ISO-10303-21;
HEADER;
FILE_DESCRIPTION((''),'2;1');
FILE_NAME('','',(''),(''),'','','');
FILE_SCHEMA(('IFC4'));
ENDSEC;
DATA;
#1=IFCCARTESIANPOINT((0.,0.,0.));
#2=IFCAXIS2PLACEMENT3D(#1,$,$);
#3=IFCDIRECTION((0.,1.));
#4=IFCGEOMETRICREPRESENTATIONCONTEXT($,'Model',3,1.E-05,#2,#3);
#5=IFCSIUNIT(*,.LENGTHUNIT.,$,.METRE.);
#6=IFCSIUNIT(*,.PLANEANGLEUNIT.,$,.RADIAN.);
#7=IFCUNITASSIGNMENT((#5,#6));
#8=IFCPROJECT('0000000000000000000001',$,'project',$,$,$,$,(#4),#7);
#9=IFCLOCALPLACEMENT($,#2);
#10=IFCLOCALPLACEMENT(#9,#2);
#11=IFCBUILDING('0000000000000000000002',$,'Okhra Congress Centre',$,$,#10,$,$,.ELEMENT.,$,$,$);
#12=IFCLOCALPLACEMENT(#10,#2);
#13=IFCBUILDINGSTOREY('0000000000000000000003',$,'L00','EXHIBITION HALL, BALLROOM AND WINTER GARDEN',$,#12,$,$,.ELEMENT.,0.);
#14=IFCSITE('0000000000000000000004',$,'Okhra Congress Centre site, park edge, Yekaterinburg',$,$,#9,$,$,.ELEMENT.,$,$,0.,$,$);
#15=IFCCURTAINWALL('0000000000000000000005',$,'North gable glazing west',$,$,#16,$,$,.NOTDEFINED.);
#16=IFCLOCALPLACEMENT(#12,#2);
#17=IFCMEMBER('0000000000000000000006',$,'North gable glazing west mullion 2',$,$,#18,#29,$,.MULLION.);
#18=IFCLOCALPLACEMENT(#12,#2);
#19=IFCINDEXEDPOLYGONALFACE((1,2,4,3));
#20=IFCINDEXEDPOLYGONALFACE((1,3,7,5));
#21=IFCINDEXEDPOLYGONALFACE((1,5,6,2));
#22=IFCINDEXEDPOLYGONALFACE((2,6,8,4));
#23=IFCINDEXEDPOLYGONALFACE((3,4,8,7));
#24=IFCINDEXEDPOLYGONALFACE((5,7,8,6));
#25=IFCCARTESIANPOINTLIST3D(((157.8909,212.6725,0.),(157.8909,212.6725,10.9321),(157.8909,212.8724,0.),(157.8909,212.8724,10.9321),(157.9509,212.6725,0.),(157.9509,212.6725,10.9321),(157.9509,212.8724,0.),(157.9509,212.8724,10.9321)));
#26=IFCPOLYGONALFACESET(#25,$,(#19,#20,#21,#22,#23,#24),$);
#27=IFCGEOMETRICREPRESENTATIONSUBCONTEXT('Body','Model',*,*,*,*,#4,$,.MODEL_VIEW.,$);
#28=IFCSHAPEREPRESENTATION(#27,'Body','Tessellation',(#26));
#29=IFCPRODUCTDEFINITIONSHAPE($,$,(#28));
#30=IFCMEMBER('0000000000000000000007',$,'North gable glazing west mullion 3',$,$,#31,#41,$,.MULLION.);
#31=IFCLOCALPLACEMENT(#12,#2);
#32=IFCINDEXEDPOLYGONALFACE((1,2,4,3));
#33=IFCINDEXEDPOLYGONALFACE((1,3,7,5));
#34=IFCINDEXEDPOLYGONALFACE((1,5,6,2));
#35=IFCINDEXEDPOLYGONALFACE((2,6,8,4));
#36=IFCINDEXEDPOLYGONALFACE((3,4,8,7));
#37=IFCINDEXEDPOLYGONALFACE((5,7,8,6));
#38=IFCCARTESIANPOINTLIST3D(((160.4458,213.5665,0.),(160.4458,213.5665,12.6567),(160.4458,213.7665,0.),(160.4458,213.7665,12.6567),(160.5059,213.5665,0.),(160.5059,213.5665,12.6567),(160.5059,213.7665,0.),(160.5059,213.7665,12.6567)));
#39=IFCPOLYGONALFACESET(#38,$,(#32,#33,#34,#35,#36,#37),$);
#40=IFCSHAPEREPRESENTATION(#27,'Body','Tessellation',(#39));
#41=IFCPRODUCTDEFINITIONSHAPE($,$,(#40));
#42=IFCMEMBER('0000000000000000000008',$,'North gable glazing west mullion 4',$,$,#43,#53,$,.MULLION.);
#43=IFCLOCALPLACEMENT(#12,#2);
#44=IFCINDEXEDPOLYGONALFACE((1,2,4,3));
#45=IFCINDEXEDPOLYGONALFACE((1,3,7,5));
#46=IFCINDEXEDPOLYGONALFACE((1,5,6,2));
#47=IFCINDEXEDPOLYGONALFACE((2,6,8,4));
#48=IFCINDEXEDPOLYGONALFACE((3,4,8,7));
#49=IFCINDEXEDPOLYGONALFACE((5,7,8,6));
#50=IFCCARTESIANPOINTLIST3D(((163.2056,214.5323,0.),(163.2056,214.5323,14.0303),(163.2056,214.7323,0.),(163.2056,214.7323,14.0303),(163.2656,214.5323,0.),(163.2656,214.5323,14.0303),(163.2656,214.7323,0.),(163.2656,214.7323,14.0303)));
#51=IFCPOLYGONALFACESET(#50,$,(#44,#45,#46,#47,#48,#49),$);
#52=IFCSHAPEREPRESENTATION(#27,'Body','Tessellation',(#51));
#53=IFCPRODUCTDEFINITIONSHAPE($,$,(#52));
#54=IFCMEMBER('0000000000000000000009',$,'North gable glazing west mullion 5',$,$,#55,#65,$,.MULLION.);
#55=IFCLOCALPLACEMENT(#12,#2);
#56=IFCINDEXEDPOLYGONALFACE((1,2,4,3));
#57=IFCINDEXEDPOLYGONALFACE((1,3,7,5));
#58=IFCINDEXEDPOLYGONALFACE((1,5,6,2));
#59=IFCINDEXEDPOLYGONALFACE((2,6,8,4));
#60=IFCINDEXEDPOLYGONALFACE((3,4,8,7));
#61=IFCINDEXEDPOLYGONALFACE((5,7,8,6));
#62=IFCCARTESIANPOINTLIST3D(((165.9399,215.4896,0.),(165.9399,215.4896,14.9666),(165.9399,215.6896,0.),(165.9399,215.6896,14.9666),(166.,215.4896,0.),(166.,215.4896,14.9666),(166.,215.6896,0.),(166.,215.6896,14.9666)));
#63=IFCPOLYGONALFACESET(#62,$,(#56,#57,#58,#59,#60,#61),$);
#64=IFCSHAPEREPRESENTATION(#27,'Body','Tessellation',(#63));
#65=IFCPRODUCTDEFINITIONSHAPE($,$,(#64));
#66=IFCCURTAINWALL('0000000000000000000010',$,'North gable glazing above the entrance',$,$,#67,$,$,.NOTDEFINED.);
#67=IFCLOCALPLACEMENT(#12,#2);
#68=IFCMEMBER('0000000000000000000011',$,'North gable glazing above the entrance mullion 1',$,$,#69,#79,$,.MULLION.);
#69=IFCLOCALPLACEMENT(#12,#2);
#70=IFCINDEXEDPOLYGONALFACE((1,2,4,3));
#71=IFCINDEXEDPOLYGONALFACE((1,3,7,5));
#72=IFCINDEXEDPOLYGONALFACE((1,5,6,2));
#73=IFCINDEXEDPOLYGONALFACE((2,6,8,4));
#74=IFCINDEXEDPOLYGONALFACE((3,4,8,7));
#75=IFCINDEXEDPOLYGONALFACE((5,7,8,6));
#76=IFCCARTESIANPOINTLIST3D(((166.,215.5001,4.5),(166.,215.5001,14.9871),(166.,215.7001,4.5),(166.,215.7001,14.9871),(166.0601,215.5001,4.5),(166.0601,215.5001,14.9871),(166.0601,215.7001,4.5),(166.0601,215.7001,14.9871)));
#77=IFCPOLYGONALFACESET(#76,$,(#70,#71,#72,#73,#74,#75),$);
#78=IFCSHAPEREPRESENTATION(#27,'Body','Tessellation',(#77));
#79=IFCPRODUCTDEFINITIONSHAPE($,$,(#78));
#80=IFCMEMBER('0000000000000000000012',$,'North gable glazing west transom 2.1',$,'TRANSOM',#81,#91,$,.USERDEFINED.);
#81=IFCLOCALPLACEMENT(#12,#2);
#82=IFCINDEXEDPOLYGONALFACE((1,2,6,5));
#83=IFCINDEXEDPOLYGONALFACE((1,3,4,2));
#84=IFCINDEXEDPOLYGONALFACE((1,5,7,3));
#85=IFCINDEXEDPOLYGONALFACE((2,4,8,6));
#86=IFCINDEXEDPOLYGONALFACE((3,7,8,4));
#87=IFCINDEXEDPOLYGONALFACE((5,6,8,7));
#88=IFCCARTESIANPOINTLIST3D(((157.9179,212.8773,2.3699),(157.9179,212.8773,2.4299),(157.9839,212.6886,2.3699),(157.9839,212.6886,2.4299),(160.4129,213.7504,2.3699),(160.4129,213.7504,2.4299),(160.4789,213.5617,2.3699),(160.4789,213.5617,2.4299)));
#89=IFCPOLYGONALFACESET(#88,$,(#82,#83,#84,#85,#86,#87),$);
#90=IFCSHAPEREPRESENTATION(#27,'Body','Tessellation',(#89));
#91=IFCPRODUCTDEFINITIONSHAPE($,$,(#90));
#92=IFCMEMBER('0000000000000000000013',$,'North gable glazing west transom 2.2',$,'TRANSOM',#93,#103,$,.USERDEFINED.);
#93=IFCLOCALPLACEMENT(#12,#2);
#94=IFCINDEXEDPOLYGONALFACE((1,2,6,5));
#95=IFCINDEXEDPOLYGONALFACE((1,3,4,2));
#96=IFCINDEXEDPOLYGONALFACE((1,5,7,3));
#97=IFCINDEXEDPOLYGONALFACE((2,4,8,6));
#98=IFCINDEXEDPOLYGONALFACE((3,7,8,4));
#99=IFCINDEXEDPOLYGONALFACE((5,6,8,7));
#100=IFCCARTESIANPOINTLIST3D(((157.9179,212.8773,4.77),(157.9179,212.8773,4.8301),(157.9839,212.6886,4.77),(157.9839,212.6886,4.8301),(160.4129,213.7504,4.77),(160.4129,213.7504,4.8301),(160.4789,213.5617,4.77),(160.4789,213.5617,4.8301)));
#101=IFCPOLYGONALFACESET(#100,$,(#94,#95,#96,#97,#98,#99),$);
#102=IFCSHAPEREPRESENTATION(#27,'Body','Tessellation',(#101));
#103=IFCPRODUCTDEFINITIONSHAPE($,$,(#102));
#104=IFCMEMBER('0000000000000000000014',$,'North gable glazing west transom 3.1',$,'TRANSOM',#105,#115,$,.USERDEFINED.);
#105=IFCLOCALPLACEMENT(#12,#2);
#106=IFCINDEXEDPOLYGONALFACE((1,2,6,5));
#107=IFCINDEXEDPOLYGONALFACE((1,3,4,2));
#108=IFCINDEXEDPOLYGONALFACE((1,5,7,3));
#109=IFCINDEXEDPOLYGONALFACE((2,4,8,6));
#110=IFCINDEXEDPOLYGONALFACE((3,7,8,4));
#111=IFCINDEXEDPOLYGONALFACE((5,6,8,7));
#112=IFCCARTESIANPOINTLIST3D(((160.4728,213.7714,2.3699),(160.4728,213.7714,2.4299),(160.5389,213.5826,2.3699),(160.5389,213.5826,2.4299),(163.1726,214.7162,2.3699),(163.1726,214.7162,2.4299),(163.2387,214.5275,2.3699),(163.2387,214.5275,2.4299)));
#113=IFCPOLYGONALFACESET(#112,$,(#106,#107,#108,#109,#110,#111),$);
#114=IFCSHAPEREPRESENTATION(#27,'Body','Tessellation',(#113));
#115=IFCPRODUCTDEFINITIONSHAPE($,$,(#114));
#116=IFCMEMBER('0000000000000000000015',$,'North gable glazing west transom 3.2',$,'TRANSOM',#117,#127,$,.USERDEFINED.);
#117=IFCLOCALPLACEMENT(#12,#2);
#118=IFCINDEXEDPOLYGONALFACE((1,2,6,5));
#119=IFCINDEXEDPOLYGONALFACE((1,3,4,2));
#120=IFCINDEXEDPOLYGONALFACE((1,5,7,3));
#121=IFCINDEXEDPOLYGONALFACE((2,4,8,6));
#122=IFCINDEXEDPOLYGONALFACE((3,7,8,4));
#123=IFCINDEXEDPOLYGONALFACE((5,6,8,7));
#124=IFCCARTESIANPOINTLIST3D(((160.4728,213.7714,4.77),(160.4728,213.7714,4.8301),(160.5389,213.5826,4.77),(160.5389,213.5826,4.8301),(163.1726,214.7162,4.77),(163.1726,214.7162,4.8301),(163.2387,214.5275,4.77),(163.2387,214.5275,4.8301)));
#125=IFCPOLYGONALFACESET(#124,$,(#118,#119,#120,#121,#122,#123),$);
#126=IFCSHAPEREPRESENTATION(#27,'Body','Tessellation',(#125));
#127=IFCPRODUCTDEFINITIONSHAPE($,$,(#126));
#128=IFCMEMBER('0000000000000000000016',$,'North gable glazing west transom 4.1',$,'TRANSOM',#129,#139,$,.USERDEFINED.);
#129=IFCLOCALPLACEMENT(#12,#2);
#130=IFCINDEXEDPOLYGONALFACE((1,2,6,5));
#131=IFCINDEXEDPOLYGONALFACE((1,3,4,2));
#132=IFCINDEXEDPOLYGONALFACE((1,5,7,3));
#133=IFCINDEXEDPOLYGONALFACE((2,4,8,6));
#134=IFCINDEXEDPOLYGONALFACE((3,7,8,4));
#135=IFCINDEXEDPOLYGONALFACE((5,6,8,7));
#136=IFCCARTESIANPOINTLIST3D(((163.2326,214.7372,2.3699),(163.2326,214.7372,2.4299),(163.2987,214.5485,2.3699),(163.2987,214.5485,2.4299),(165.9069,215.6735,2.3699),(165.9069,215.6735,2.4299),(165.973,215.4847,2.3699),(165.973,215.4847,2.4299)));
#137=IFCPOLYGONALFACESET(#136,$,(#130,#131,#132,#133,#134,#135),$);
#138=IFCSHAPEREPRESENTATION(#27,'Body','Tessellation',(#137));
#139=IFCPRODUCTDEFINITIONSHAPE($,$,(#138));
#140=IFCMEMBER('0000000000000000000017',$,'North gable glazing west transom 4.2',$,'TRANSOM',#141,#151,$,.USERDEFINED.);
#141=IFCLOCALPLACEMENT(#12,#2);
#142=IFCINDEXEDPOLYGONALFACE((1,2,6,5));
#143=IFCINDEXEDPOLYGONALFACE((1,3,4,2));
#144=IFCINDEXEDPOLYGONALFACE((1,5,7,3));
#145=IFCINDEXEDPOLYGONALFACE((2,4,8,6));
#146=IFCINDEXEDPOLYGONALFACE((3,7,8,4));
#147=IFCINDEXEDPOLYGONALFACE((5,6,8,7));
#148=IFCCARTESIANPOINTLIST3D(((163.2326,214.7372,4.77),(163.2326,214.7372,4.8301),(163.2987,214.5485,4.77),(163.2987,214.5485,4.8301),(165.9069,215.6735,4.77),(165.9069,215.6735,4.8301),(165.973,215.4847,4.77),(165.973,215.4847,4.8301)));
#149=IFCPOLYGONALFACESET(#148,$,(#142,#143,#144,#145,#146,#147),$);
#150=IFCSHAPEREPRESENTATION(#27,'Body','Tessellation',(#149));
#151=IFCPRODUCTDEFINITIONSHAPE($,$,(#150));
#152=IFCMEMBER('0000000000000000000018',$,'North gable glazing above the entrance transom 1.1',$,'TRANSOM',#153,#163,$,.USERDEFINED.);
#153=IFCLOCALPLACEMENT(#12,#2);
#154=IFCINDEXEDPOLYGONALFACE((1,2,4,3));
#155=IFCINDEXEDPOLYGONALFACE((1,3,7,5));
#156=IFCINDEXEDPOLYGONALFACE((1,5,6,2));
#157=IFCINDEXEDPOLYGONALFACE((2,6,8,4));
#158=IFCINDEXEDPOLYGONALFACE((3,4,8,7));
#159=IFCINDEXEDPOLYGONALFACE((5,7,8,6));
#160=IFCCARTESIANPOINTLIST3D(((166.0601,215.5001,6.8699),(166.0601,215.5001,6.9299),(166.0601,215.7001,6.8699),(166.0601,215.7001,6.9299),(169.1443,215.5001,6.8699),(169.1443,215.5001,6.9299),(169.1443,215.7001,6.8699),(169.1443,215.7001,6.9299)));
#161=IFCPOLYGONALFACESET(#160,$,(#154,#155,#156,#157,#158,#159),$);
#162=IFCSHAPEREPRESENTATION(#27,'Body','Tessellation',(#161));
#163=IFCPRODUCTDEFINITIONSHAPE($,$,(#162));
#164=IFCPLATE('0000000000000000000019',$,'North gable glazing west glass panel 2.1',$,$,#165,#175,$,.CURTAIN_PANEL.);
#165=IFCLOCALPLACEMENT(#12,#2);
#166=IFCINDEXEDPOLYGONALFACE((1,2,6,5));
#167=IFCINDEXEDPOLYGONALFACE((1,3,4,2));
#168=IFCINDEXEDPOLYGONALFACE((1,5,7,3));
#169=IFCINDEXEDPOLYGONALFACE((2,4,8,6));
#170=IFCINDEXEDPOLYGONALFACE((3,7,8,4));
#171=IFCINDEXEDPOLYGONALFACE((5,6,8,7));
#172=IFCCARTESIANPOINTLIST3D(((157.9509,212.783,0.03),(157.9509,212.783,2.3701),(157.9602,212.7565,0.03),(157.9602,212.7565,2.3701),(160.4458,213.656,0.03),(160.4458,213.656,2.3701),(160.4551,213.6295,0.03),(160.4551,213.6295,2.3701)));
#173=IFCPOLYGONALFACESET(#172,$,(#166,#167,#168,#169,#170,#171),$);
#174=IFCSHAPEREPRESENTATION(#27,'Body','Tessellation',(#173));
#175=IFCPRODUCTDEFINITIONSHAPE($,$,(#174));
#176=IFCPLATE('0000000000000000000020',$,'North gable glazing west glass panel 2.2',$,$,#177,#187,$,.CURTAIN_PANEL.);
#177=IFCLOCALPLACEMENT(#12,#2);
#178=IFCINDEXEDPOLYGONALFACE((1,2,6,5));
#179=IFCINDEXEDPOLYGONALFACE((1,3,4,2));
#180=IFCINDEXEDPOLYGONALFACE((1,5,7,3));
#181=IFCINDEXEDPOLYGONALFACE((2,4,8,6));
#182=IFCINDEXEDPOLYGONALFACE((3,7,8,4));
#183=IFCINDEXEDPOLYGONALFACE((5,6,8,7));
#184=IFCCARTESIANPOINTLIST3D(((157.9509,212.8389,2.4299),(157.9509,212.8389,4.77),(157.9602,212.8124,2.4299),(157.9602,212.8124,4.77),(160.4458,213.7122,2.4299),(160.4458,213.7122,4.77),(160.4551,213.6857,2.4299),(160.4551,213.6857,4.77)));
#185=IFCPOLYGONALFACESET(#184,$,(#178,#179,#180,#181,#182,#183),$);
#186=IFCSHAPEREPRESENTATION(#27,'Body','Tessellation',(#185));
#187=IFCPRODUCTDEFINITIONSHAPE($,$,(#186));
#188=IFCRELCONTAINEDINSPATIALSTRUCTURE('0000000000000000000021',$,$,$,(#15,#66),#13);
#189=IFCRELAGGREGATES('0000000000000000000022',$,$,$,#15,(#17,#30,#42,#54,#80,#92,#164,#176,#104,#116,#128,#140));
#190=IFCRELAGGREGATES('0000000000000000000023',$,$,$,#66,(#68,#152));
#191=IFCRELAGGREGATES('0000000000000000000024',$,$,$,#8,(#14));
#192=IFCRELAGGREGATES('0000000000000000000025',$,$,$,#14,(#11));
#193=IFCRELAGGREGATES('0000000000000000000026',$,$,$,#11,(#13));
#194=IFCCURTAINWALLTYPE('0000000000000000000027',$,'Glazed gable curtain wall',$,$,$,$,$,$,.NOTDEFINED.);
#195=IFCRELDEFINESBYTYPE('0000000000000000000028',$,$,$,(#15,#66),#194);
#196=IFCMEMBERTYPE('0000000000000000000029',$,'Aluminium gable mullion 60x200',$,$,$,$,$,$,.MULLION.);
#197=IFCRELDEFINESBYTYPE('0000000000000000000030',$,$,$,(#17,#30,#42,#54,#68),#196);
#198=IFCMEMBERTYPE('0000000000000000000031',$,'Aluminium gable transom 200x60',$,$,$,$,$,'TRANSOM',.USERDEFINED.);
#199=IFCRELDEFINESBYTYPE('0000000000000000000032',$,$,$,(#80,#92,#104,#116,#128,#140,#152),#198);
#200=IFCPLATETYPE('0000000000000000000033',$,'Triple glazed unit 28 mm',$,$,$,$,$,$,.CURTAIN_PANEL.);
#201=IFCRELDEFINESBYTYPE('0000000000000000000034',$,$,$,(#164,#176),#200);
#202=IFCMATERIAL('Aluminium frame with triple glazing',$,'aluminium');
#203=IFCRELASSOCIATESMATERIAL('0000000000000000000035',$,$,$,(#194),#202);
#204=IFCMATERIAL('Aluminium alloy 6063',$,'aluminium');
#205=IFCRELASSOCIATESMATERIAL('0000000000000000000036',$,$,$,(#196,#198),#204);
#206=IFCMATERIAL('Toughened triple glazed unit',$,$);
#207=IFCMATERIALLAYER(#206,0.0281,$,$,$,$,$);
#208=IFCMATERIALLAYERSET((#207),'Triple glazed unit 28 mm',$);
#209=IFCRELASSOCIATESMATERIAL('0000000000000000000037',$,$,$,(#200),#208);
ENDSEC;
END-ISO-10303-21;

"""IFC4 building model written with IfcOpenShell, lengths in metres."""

from ifc_helpers import new_model, si_unit, direction, frame, origin, origin_2d, place, context, subcontext, project, spatial, polyline, rectangle, outline, extrude, material, layer, layer_set, material_profile, profile_set, type_object, element, aggregate, save


model = new_model("IFC4")

# Units and contexts
model_context = context("Model", 3, precision=1e-05, world=origin(), true_north=direction((0.0, 1.0)))
body_context = subcontext(model_context, "Body", "Model", "MODEL_VIEW")
ifc_project = project(units=[si_unit("LENGTHUNIT", "METRE"), si_unit("PLANEANGLEUNIT", "RADIAN")], contexts=[model_context])

# Site, building, storey
site_placement = place(None, origin())
site = spatial("IfcSite", under=ifc_project, at=site_placement, Name="Okhra Congress Centre site, park edge, Yekaterinburg", CompositionType="ELEMENT", RefElevation=0.0)
building_placement = place(site_placement, origin())
building = spatial("IfcBuilding", under=site, at=building_placement, Name="Okhra Congress Centre", CompositionType="ELEMENT")
storey_placement = place(building_placement, origin())
storey = spatial("IfcBuildingStorey", under=building, at=storey_placement, Name="L00", Description="EXHIBITION HALL, BALLROOM AND WINTER GARDEN", CompositionType="ELEMENT", Elevation=0.0)

# Curtain wall, members
ifc_material_1 = material(Name="Aluminium frame with triple glazing", Category="aluminium")
curtain_wall_type = type_object("IfcCurtainWallType", Name="Glazed gable curtain wall", PredefinedType="NOTDEFINED", material=ifc_material_1)
curtain_wall_1_placement = place(storey_placement, origin())
curtain_wall_1 = element("IfcCurtainWall", 1, at=curtain_wall_1_placement, inside=storey, type_object=curtain_wall_type, Name="North gable glazing west", PredefinedType="NOTDEFINED")
ifc_material_2 = material(Name="Aluminium alloy 6063", Category="aluminium")
ifc_material_profile_1 = material_profile(ifc_material_2, rectangle(XDim=0.0601, YDim=0.2, at=origin_2d()), Name="AL 60x200 gable")
ifc_profile_set_1 = profile_set([ifc_material_profile_1], Name="Aluminium alloy 6063")
member_type_1 = type_object("IfcMemberType", Name="Aluminium gable mullion 60x200", PredefinedType="MULLION", material=ifc_profile_set_1)
member_1_placement = place(storey_placement, frame((157.9209, 212.7725, 0.0), z_axis=(0.0, 0.0, 1.0), x_axis=(1.0, 0.0, 0.0)))
member_1 = element("IfcMember", 2, at=member_1_placement, type_object=member_type_1, Name="North gable glazing west mullion 2", PredefinedType="MULLION", context=body_context, shape_type="SweptSolid", body=[
    extrude(rectangle(XDim=0.0601, YDim=0.2, at=origin_2d()), origin(), (0.0, 0.0, 1.0), 10.9321),
])
member_2_placement = place(storey_placement, frame((160.4758, 213.6665, 0.0), z_axis=(0.0, 0.0, 1.0), x_axis=(1.0, 0.0, 0.0)))
member_2 = element("IfcMember", 3, at=member_2_placement, type_object=member_type_1, Name="North gable glazing west mullion 3", PredefinedType="MULLION", context=body_context, shape_type="SweptSolid", body=[
    extrude(rectangle(XDim=0.0601, YDim=0.2, at=origin_2d()), origin(), (0.0, 0.0, 1.0), 12.6567),
])
member_3_placement = place(storey_placement, frame((163.2356, 214.6323, 0.0), z_axis=(0.0, 0.0, 1.0), x_axis=(1.0, 0.0, 0.0)))
member_3 = element("IfcMember", 4, at=member_3_placement, type_object=member_type_1, Name="North gable glazing west mullion 4", PredefinedType="MULLION", context=body_context, shape_type="SweptSolid", body=[
    extrude(rectangle(XDim=0.0601, YDim=0.2, at=origin_2d()), origin(), (0.0, 0.0, 1.0), 14.0303),
])
member_4_placement = place(storey_placement, frame((165.97, 215.5896, 0.0), z_axis=(0.0, 0.0, 1.0), x_axis=(1.0, 0.0, 0.0)))
member_4 = element("IfcMember", 5, at=member_4_placement, type_object=member_type_1, Name="North gable glazing west mullion 5", PredefinedType="MULLION", context=body_context, shape_type="SweptSolid", body=[
    extrude(rectangle(XDim=0.0601, YDim=0.2, at=origin_2d()), origin(), (0.0, 0.0, 1.0), 14.9666),
])

# Curtain wall, member
curtain_wall_2_placement = place(storey_placement, origin())
curtain_wall_2 = element("IfcCurtainWall", 6, at=curtain_wall_2_placement, inside=storey, type_object=curtain_wall_type, Name="North gable glazing above the entrance", PredefinedType="NOTDEFINED")
member_5_placement = place(storey_placement, frame((166.03, 215.6001, 4.5), z_axis=(0.0, 0.0, 1.0), x_axis=(1.0, 0.0, 0.0)))
member_5 = element("IfcMember", 7, at=member_5_placement, type_object=member_type_1, Name="North gable glazing above the entrance mullion 1", PredefinedType="MULLION", context=body_context, shape_type="SweptSolid", body=[
    extrude(rectangle(XDim=0.0601, YDim=0.2, at=origin_2d()), origin(), (0.0, 0.0, 1.0), 10.4871),
])

# Members
ifc_material_profile_2 = material_profile(ifc_material_2, rectangle(XDim=0.2, YDim=0.0601, at=origin_2d()), Name="AL 200x60 gable transom")
ifc_profile_set_2 = profile_set([ifc_material_profile_2], Name="Aluminium alloy 6063")
member_type_2 = type_object("IfcMemberType", Name="Aluminium gable transom 200x60", ElementType="TRANSOM", PredefinedType="USERDEFINED", material=ifc_profile_set_2)
member_6_placement = place(storey_placement, frame((157.9509, 212.783, 2.3999), z_axis=(0.943877, 0.330297, 0.0), x_axis=(-0.330297, 0.943877, 0.0)))
member_6 = element("IfcMember", 8, at=member_6_placement, type_object=member_type_2, Name="North gable glazing west transom 2.1", ObjectType="TRANSOM", PredefinedType="USERDEFINED", context=body_context, shape_type="SweptSolid", body=[
    extrude(rectangle(XDim=0.2, YDim=0.0601, at=origin_2d()), origin(), (0.0, 0.0, 1.0), 2.6433),
])
member_7_placement = place(storey_placement, frame((157.9509, 212.783, 4.8), z_axis=(0.943877, 0.330297, 0.0), x_axis=(-0.330297, 0.943877, 0.0)))
member_7 = element("IfcMember", 9, at=member_7_placement, type_object=member_type_2, Name="North gable glazing west transom 2.2", ObjectType="TRANSOM", PredefinedType="USERDEFINED", context=body_context, shape_type="SweptSolid", body=[
    extrude(rectangle(XDim=0.2, YDim=0.0601, at=origin_2d()), origin(), (0.0, 0.0, 1.0), 2.6433),
])
member_8_placement = place(storey_placement, frame((160.5059, 213.677, 2.3999), z_axis=(0.943866, 0.330328, 0.0), x_axis=(-0.330328, 0.943866, 0.0)))
member_8 = element("IfcMember", 10, at=member_8_placement, type_object=member_type_2, Name="North gable glazing west transom 3.1", ObjectType="TRANSOM", PredefinedType="USERDEFINED", context=body_context, shape_type="SweptSolid", body=[
    extrude(rectangle(XDim=0.2, YDim=0.0601, at=origin_2d()), origin(), (0.0, 0.0, 1.0), 2.8604),
])
member_9_placement = place(storey_placement, frame((160.5059, 213.677, 4.8), z_axis=(0.943866, 0.330328, 0.0), x_axis=(-0.330328, 0.943866, 0.0)))
member_9 = element("IfcMember", 11, at=member_9_placement, type_object=member_type_2, Name="North gable glazing west transom 3.2", ObjectType="TRANSOM", PredefinedType="USERDEFINED", context=body_context, shape_type="SweptSolid", body=[
    extrude(rectangle(XDim=0.2, YDim=0.0601, at=origin_2d()), origin(), (0.0, 0.0, 1.0), 2.8604),
])
member_10_placement = place(storey_placement, frame((163.2656, 214.6428, 2.3999), z_axis=(0.943829, 0.330435, 0.0), x_axis=(-0.330435, 0.943829, 0.0)))
member_10 = element("IfcMember", 12, at=member_10_placement, type_object=member_type_2, Name="North gable glazing west transom 4.1", ObjectType="TRANSOM", PredefinedType="USERDEFINED", context=body_context, shape_type="SweptSolid", body=[
    extrude(rectangle(XDim=0.2, YDim=0.0601, at=origin_2d()), origin(), (0.0, 0.0, 1.0), 2.8335),
])
member_11_placement = place(storey_placement, frame((163.2656, 214.6428, 4.8), z_axis=(0.943829, 0.330435, 0.0), x_axis=(-0.330435, 0.943829, 0.0)))
member_11 = element("IfcMember", 13, at=member_11_placement, type_object=member_type_2, Name="North gable glazing west transom 4.2", ObjectType="TRANSOM", PredefinedType="USERDEFINED", context=body_context, shape_type="SweptSolid", body=[
    extrude(rectangle(XDim=0.2, YDim=0.0601, at=origin_2d()), origin(), (0.0, 0.0, 1.0), 2.8335),
])
member_12_placement = place(storey_placement, frame((166.0601, 215.6001, 6.8999), z_axis=(1.0, 0.0, 0.0), x_axis=(0.0, 1.0, 0.0)))
member_12 = element("IfcMember", 14, at=member_12_placement, type_object=member_type_2, Name="North gable glazing above the entrance transom 1.1", ObjectType="TRANSOM", PredefinedType="USERDEFINED", context=body_context, shape_type="SweptSolid", body=[
    extrude(rectangle(XDim=0.2, YDim=0.0601, at=origin_2d()), origin(), (0.0, 0.0, 1.0), 3.0842),
])

# Plates
ifc_material_3 = material(Name="Toughened triple glazed unit")
ifc_layer_1 = layer(ifc_material_3, 0.0281)
ifc_layer_set_1 = layer_set([ifc_layer_1], Name="Triple glazed unit 28 mm")
plate_type = type_object("IfcPlateType", Name="Triple glazed unit 28 mm", PredefinedType="CURTAIN_PANEL", material=ifc_layer_set_1)
plate_1_placement = place(storey_placement, frame((160.4458, 213.656, 0.03), z_axis=(-0.330297, 0.943877, 0.0), x_axis=(-0.943877, -0.330297, 0.0)))
plate_1 = element("IfcPlate", 15, at=plate_1_placement, type_object=plate_type, Name="North gable glazing west glass panel 2.1", PredefinedType="CURTAIN_PANEL", context=body_context, shape_type="SweptSolid", body=[
    extrude(outline(polyline([(0.0, 0.0), (2.6432, 0.0), (2.6432, 2.3401), (0.0, 2.3401), (0.0, 0.0)])), origin(), (0.0, 0.0, -1.0), 0.0281),
])
plate_2_placement = place(storey_placement, frame((160.4458, 213.7122, 2.4299), z_axis=(-0.330379, 0.943848, 0.0), x_axis=(-0.943848, -0.330379, 0.0)))
plate_2 = element("IfcPlate", 16, at=plate_2_placement, type_object=plate_type, Name="North gable glazing west glass panel 2.2", PredefinedType="CURTAIN_PANEL", context=body_context, shape_type="SweptSolid", body=[
    extrude(outline(polyline([(0.0, 0.0), (2.6433, 0.0), (2.6433, 2.3401), (0.0, 2.3401), (0.0, 0.0)])), origin(), (0.0, 0.0, -1.0), 0.0281),
])
aggregate(curtain_wall_1, [member_1, member_2, member_3, member_4, member_6, member_7, plate_1, plate_2, member_8, member_9, member_10, member_11])
aggregate(curtain_wall_2, [member_5, member_12])

save(model, "model.ifc")
